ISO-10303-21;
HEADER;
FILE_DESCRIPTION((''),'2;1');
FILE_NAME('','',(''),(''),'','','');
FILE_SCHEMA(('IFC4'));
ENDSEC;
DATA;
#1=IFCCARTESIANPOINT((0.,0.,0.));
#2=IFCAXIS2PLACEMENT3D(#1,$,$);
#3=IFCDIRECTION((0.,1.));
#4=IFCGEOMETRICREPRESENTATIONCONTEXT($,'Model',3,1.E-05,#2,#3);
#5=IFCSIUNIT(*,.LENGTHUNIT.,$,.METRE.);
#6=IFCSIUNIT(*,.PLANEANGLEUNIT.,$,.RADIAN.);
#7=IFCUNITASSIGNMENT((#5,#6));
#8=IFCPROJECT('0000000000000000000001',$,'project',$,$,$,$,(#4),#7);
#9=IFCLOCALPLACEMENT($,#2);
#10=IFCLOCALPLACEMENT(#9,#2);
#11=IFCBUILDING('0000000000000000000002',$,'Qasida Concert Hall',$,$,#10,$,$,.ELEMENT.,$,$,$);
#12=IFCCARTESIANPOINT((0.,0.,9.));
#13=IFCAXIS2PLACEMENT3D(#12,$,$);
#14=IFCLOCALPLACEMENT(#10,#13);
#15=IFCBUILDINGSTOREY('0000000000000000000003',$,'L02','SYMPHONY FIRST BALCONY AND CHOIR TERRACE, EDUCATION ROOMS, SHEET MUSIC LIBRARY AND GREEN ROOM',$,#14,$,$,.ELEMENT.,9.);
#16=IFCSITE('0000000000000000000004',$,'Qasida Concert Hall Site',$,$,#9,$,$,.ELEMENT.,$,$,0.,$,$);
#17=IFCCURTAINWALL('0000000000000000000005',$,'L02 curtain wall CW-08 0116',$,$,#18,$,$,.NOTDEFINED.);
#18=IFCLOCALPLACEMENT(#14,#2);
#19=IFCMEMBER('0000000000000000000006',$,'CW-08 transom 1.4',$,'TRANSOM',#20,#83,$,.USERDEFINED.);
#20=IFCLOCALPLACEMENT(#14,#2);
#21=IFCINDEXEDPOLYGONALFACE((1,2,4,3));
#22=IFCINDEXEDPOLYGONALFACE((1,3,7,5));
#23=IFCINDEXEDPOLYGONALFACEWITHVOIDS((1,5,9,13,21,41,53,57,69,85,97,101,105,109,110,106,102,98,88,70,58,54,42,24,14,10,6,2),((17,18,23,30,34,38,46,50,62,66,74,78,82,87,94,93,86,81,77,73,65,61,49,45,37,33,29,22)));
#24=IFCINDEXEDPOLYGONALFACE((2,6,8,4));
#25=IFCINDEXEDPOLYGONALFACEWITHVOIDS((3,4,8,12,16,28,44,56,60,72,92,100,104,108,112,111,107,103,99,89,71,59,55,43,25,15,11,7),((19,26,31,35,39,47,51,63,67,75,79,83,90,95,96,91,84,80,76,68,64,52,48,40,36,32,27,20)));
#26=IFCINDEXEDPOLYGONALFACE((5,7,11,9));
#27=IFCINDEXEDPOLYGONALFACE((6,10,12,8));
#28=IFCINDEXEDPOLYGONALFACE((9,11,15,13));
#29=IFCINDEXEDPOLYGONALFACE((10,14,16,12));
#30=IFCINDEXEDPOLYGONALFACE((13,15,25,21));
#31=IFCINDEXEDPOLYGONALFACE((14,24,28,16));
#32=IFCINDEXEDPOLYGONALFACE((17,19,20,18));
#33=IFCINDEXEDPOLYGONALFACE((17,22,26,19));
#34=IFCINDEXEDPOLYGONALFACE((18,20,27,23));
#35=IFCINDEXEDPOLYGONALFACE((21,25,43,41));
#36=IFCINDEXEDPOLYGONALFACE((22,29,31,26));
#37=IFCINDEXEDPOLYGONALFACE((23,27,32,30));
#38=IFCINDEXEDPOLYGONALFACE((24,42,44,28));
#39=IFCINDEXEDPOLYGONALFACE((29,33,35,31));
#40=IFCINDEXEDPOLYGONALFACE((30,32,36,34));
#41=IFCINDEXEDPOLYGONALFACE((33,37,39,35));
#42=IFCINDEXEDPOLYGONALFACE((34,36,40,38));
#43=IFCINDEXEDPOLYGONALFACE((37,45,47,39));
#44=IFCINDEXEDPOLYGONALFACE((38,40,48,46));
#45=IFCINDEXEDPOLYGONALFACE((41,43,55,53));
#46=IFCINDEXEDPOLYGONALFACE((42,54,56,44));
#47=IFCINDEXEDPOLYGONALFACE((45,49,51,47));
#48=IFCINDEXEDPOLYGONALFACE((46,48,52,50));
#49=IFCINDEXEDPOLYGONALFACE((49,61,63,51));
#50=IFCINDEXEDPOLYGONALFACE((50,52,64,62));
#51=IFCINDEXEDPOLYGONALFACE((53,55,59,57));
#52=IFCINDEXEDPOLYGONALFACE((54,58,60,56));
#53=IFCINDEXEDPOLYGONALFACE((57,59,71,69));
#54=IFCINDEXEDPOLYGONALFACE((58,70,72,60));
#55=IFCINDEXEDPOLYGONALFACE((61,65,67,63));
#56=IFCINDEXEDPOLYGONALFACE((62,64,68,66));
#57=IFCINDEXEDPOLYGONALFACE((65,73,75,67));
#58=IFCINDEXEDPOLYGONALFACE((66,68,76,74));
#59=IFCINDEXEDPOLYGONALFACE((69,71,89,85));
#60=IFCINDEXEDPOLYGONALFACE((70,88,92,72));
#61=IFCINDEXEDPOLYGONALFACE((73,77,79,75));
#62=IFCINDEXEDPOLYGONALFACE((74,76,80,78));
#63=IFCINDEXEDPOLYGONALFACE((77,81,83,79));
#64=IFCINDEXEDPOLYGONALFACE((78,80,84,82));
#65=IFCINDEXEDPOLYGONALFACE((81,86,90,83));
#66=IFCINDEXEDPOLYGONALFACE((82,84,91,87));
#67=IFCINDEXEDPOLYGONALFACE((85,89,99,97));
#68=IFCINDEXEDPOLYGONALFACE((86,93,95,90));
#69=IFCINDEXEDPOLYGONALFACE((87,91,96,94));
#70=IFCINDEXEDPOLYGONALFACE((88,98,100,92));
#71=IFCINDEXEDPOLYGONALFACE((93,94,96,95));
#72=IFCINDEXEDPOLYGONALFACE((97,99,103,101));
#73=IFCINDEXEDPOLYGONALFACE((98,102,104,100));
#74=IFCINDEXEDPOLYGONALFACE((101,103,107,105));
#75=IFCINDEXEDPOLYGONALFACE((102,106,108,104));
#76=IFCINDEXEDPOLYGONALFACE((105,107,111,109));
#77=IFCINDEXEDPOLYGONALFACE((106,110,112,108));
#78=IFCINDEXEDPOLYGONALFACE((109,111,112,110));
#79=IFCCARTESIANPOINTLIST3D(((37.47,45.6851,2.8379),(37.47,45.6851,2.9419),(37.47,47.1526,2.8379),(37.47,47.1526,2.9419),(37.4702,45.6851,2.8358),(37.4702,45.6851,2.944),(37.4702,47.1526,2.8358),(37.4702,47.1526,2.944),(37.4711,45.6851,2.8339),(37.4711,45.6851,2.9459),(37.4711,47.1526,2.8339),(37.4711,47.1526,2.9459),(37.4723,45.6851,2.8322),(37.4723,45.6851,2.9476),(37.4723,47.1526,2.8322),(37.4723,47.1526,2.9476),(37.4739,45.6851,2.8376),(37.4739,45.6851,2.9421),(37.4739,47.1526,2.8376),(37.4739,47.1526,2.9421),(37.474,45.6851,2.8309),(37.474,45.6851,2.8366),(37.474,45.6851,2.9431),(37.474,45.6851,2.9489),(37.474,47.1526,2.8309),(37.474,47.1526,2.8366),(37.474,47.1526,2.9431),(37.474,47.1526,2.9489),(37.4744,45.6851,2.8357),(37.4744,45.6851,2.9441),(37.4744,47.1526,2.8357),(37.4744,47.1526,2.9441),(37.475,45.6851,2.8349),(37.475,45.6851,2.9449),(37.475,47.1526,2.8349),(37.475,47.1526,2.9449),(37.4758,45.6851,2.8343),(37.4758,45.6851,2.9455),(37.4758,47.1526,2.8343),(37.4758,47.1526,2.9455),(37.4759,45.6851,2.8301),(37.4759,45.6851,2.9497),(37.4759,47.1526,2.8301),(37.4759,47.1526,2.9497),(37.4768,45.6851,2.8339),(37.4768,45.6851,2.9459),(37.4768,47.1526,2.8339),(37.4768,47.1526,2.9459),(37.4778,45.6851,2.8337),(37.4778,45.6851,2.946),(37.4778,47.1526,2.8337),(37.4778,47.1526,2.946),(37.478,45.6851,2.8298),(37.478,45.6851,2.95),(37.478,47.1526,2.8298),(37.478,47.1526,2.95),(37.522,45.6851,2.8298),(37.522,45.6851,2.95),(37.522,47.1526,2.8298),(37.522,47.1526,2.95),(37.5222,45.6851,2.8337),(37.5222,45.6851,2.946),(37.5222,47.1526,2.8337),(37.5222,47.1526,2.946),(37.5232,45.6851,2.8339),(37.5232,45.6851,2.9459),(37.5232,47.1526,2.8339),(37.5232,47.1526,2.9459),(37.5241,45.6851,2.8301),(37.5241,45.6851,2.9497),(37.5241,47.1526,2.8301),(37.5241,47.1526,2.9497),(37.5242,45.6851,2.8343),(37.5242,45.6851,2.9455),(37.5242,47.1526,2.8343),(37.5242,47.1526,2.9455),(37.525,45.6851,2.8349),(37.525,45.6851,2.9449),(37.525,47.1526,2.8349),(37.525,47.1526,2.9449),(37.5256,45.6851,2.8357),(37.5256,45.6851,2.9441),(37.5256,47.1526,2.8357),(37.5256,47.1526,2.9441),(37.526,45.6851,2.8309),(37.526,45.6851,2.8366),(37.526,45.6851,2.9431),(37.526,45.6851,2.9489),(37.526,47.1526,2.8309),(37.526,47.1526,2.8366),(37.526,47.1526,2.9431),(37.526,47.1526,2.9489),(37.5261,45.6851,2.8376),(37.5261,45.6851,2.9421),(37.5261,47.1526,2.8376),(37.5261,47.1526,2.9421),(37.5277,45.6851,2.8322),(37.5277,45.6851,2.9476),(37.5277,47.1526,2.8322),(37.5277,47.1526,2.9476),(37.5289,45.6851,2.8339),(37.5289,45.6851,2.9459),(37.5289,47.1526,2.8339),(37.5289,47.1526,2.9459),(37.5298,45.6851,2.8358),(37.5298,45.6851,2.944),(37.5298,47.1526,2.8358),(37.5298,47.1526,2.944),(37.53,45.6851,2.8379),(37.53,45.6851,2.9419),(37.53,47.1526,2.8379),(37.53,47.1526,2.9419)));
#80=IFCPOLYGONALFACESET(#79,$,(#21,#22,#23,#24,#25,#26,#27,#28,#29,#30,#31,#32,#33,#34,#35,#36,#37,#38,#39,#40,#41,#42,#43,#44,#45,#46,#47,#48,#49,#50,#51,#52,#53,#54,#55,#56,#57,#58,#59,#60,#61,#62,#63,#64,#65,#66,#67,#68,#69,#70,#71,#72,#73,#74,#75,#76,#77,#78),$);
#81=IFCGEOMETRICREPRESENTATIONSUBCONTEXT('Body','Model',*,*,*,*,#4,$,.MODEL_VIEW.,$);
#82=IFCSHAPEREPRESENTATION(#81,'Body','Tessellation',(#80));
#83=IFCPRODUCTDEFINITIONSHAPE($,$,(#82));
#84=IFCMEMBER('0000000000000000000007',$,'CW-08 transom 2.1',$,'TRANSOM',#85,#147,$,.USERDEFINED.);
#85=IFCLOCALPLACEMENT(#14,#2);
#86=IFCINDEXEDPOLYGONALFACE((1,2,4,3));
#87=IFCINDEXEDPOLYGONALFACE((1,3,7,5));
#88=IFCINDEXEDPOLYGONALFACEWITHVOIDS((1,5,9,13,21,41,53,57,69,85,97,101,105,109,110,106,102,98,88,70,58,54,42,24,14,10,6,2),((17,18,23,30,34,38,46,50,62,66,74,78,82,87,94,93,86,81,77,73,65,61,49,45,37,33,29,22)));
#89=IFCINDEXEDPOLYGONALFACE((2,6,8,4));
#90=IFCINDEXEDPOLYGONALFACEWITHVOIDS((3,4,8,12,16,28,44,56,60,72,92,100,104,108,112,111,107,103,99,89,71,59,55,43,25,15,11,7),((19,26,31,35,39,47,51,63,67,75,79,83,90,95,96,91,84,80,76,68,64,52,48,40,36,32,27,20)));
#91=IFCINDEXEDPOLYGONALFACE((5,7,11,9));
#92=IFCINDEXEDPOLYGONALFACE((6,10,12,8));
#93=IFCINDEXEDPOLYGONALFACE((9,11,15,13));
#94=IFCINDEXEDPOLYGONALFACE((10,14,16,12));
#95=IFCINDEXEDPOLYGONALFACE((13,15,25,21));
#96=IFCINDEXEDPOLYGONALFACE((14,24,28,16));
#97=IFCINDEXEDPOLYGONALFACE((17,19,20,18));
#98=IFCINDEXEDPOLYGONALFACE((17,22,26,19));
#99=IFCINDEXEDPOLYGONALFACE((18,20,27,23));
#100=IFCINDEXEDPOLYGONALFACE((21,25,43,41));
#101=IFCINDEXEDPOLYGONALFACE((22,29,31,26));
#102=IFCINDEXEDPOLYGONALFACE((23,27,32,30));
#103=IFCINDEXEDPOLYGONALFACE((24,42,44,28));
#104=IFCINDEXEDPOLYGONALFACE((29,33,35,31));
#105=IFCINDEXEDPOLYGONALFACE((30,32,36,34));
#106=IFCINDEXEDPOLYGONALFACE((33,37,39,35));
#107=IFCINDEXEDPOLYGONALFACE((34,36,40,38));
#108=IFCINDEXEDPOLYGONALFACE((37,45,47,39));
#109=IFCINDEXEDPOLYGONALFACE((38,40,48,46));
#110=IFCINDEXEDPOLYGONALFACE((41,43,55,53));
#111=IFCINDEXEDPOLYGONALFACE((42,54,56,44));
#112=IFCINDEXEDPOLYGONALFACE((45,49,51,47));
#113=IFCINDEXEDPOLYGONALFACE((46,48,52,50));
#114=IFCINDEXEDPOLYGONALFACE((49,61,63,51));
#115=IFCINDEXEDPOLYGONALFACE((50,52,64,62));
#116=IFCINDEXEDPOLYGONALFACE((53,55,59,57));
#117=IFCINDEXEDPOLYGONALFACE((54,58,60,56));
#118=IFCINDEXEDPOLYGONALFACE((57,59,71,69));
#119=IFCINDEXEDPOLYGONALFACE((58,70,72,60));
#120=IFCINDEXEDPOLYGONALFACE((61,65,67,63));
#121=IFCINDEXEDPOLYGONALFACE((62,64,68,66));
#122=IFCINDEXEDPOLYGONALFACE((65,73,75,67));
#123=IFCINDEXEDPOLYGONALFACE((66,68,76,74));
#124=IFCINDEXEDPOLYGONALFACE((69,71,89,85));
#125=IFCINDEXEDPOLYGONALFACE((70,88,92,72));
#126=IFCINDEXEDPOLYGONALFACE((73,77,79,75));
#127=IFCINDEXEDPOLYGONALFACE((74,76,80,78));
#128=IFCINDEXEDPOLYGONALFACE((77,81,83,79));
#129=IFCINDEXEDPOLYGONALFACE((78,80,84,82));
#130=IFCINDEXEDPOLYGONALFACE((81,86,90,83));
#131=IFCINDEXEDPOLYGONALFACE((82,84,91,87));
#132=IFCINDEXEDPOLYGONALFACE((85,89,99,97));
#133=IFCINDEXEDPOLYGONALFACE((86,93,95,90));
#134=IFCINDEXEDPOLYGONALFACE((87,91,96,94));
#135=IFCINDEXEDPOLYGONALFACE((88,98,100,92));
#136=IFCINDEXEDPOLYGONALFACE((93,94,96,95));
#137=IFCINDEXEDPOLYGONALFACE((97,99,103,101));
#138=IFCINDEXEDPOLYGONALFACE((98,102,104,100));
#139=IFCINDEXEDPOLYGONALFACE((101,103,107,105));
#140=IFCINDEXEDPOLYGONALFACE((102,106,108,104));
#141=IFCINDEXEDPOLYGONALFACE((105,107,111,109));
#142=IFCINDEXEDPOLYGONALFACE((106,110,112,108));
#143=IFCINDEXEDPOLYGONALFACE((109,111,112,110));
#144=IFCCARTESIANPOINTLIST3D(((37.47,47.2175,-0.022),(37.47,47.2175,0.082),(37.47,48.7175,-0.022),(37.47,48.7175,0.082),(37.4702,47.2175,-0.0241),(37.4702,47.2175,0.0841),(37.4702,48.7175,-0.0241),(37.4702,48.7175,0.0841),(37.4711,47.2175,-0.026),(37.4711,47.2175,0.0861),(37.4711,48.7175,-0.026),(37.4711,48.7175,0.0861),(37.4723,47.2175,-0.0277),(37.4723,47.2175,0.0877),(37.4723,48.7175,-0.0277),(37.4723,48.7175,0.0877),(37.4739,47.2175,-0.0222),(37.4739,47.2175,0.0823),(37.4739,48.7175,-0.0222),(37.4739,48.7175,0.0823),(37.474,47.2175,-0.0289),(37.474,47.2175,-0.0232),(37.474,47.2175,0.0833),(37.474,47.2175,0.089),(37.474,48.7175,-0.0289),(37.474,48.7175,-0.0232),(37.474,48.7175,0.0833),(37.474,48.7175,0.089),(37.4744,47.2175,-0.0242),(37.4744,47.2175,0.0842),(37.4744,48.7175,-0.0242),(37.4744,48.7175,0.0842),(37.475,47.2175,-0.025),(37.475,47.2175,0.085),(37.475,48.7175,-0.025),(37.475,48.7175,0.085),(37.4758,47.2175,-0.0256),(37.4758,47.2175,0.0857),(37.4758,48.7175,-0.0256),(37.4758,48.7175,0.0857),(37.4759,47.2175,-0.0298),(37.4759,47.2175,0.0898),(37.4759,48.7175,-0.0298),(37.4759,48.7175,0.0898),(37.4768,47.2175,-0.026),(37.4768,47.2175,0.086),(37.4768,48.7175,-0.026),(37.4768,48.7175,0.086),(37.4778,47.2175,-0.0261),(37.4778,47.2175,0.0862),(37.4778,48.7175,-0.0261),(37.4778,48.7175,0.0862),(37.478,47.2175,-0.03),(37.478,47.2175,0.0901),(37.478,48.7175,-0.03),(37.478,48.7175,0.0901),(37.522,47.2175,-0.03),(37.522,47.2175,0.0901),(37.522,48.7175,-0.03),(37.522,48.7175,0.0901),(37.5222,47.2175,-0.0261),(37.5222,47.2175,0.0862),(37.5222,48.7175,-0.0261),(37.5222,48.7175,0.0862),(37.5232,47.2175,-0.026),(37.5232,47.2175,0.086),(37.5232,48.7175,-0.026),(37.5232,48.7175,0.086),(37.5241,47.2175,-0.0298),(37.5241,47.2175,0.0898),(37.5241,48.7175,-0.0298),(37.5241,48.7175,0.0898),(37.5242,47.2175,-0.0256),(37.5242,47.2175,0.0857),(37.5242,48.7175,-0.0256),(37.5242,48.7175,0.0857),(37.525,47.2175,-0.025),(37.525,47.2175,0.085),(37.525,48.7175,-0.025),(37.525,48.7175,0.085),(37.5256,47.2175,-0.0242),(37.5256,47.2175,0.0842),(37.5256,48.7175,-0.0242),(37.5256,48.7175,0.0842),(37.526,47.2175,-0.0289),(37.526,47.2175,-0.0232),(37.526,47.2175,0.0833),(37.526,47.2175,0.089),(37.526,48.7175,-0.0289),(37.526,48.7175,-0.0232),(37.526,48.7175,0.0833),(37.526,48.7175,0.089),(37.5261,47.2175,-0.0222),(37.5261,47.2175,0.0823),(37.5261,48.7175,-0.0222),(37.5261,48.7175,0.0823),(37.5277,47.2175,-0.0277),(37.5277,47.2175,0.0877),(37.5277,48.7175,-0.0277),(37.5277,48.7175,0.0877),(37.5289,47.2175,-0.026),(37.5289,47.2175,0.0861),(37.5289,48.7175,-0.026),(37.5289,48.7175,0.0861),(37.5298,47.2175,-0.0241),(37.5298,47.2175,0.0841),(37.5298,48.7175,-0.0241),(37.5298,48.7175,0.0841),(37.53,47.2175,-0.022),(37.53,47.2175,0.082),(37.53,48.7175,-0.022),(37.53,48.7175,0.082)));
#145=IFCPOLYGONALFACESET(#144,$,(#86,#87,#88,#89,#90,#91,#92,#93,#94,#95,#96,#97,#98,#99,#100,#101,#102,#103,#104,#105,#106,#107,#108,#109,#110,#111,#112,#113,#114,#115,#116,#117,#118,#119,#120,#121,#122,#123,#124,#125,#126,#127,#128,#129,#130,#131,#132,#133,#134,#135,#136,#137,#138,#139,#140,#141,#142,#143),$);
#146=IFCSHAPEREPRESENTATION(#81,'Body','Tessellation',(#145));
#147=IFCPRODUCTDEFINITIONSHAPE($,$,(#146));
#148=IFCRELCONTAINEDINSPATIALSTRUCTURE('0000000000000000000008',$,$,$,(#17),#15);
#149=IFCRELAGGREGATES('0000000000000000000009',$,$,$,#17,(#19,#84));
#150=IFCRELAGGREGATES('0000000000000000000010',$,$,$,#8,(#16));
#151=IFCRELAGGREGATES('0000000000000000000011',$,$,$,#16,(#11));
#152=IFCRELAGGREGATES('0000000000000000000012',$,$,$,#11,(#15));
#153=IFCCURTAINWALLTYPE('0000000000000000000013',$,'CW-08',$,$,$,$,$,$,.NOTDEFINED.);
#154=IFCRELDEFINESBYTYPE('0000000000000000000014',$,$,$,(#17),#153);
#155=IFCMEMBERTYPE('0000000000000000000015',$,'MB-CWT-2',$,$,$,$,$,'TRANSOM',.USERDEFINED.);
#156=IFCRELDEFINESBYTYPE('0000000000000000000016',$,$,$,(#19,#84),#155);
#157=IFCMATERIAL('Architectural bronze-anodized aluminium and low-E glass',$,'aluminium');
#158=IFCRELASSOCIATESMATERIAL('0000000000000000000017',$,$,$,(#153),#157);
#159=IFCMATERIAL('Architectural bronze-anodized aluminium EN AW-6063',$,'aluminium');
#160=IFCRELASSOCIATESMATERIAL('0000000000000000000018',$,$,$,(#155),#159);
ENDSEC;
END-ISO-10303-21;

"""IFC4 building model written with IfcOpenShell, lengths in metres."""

from ifc_helpers import new_model, si_unit, direction, frame, origin, origin_2d, place, context, subcontext, project, spatial, hollow_rectangle, extrude, material, material_profile, profile_set, type_object, element, aggregate, save


model = new_model("IFC4")

# Units and contexts
model_context = context("Model", 3, precision=1e-05, world=origin(), true_north=direction((0.0, 1.0)))
body_context = subcontext(model_context, "Body", "Model", "MODEL_VIEW")
ifc_project = project(units=[si_unit("LENGTHUNIT", "METRE"), si_unit("PLANEANGLEUNIT", "RADIAN")], contexts=[model_context])

# Site, building, storey
site_placement = place(None, origin())
site = spatial("IfcSite", under=ifc_project, at=site_placement, Name="Qasida Concert Hall Site", CompositionType="ELEMENT", RefElevation=0.0)
building_placement = place(site_placement, origin())
building = spatial("IfcBuilding", under=site, at=building_placement, Name="Qasida Concert Hall", CompositionType="ELEMENT")
storey_placement = place(building_placement, frame((0.0, 0.0, 9.0)))
storey = spatial("IfcBuildingStorey", under=building, at=storey_placement, Name="L02", Description="SYMPHONY FIRST BALCONY AND CHOIR TERRACE, EDUCATION ROOMS, SHEET MUSIC LIBRARY AND GREEN ROOM", CompositionType="ELEMENT", Elevation=9.0)

# Curtain wall, members
ifc_material_1 = material(Name="Architectural bronze-anodized aluminium and low-E glass", Category="aluminium")
curtain_wall_type = type_object("IfcCurtainWallType", Name="CW-08", PredefinedType="NOTDEFINED", material=ifc_material_1)
curtain_wall_placement = place(storey_placement, origin())
curtain_wall = element("IfcCurtainWall", 1, at=curtain_wall_placement, inside=storey, type_object=curtain_wall_type, Name="L02 curtain wall CW-08 0116", PredefinedType="NOTDEFINED")
ifc_material_2 = material(Name="Architectural bronze-anodized aluminium EN AW-6063", Category="aluminium")
ifc_material_profile_1 = material_profile(ifc_material_2, hollow_rectangle(XDim=0.0601, YDim=0.1201, WallThickness=0.0039, InnerFilletRadius=0.0039, OuterFilletRadius=0.0081, at=origin_2d()), Name="CWT 120x60x4")
ifc_profile_set_1 = profile_set([ifc_material_profile_1], Name="Architectural bronze-anodized aluminium EN AW-6063")
member_type_1 = type_object("IfcMemberType", Name="MB-CWT-2", ElementType="TRANSOM", PredefinedType="USERDEFINED", material=ifc_profile_set_1)
member_1_placement = place(storey_placement, frame((37.5, 45.6851, 2.8899), z_axis=(0.0, 1.0, 0.0), x_axis=(-1.0, 0.0, 0.0)))
member_1 = element("IfcMember", 2, at=member_1_placement, type_object=member_type_1, Name="CW-08 transom 1.4", ObjectType="TRANSOM", PredefinedType="USERDEFINED", context=body_context, shape_type="SweptSolid", body=[
    extrude(hollow_rectangle(XDim=0.0601, YDim=0.1201, WallThickness=0.0039, InnerFilletRadius=0.0039, OuterFilletRadius=0.0081, at=origin_2d()), origin(), (0.0, 0.0, 1.0), 1.4675),
])
member_2_placement = place(storey_placement, frame((37.5, 47.2175, 0.03), z_axis=(0.0, 1.0, 0.0), x_axis=(-1.0, 0.0, 0.0)))
member_2 = element("IfcMember", 3, at=member_2_placement, type_object=member_type_1, Name="CW-08 transom 2.1", ObjectType="TRANSOM", PredefinedType="USERDEFINED", context=body_context, shape_type="SweptSolid", body=[
    extrude(hollow_rectangle(XDim=0.0601, YDim=0.1201, WallThickness=0.0039, InnerFilletRadius=0.0039, OuterFilletRadius=0.0081, at=origin_2d()), origin(), (0.0, 0.0, 1.0), 1.5),
])
aggregate(curtain_wall, [member_1, member_2])

save(model, "model.ifc")
